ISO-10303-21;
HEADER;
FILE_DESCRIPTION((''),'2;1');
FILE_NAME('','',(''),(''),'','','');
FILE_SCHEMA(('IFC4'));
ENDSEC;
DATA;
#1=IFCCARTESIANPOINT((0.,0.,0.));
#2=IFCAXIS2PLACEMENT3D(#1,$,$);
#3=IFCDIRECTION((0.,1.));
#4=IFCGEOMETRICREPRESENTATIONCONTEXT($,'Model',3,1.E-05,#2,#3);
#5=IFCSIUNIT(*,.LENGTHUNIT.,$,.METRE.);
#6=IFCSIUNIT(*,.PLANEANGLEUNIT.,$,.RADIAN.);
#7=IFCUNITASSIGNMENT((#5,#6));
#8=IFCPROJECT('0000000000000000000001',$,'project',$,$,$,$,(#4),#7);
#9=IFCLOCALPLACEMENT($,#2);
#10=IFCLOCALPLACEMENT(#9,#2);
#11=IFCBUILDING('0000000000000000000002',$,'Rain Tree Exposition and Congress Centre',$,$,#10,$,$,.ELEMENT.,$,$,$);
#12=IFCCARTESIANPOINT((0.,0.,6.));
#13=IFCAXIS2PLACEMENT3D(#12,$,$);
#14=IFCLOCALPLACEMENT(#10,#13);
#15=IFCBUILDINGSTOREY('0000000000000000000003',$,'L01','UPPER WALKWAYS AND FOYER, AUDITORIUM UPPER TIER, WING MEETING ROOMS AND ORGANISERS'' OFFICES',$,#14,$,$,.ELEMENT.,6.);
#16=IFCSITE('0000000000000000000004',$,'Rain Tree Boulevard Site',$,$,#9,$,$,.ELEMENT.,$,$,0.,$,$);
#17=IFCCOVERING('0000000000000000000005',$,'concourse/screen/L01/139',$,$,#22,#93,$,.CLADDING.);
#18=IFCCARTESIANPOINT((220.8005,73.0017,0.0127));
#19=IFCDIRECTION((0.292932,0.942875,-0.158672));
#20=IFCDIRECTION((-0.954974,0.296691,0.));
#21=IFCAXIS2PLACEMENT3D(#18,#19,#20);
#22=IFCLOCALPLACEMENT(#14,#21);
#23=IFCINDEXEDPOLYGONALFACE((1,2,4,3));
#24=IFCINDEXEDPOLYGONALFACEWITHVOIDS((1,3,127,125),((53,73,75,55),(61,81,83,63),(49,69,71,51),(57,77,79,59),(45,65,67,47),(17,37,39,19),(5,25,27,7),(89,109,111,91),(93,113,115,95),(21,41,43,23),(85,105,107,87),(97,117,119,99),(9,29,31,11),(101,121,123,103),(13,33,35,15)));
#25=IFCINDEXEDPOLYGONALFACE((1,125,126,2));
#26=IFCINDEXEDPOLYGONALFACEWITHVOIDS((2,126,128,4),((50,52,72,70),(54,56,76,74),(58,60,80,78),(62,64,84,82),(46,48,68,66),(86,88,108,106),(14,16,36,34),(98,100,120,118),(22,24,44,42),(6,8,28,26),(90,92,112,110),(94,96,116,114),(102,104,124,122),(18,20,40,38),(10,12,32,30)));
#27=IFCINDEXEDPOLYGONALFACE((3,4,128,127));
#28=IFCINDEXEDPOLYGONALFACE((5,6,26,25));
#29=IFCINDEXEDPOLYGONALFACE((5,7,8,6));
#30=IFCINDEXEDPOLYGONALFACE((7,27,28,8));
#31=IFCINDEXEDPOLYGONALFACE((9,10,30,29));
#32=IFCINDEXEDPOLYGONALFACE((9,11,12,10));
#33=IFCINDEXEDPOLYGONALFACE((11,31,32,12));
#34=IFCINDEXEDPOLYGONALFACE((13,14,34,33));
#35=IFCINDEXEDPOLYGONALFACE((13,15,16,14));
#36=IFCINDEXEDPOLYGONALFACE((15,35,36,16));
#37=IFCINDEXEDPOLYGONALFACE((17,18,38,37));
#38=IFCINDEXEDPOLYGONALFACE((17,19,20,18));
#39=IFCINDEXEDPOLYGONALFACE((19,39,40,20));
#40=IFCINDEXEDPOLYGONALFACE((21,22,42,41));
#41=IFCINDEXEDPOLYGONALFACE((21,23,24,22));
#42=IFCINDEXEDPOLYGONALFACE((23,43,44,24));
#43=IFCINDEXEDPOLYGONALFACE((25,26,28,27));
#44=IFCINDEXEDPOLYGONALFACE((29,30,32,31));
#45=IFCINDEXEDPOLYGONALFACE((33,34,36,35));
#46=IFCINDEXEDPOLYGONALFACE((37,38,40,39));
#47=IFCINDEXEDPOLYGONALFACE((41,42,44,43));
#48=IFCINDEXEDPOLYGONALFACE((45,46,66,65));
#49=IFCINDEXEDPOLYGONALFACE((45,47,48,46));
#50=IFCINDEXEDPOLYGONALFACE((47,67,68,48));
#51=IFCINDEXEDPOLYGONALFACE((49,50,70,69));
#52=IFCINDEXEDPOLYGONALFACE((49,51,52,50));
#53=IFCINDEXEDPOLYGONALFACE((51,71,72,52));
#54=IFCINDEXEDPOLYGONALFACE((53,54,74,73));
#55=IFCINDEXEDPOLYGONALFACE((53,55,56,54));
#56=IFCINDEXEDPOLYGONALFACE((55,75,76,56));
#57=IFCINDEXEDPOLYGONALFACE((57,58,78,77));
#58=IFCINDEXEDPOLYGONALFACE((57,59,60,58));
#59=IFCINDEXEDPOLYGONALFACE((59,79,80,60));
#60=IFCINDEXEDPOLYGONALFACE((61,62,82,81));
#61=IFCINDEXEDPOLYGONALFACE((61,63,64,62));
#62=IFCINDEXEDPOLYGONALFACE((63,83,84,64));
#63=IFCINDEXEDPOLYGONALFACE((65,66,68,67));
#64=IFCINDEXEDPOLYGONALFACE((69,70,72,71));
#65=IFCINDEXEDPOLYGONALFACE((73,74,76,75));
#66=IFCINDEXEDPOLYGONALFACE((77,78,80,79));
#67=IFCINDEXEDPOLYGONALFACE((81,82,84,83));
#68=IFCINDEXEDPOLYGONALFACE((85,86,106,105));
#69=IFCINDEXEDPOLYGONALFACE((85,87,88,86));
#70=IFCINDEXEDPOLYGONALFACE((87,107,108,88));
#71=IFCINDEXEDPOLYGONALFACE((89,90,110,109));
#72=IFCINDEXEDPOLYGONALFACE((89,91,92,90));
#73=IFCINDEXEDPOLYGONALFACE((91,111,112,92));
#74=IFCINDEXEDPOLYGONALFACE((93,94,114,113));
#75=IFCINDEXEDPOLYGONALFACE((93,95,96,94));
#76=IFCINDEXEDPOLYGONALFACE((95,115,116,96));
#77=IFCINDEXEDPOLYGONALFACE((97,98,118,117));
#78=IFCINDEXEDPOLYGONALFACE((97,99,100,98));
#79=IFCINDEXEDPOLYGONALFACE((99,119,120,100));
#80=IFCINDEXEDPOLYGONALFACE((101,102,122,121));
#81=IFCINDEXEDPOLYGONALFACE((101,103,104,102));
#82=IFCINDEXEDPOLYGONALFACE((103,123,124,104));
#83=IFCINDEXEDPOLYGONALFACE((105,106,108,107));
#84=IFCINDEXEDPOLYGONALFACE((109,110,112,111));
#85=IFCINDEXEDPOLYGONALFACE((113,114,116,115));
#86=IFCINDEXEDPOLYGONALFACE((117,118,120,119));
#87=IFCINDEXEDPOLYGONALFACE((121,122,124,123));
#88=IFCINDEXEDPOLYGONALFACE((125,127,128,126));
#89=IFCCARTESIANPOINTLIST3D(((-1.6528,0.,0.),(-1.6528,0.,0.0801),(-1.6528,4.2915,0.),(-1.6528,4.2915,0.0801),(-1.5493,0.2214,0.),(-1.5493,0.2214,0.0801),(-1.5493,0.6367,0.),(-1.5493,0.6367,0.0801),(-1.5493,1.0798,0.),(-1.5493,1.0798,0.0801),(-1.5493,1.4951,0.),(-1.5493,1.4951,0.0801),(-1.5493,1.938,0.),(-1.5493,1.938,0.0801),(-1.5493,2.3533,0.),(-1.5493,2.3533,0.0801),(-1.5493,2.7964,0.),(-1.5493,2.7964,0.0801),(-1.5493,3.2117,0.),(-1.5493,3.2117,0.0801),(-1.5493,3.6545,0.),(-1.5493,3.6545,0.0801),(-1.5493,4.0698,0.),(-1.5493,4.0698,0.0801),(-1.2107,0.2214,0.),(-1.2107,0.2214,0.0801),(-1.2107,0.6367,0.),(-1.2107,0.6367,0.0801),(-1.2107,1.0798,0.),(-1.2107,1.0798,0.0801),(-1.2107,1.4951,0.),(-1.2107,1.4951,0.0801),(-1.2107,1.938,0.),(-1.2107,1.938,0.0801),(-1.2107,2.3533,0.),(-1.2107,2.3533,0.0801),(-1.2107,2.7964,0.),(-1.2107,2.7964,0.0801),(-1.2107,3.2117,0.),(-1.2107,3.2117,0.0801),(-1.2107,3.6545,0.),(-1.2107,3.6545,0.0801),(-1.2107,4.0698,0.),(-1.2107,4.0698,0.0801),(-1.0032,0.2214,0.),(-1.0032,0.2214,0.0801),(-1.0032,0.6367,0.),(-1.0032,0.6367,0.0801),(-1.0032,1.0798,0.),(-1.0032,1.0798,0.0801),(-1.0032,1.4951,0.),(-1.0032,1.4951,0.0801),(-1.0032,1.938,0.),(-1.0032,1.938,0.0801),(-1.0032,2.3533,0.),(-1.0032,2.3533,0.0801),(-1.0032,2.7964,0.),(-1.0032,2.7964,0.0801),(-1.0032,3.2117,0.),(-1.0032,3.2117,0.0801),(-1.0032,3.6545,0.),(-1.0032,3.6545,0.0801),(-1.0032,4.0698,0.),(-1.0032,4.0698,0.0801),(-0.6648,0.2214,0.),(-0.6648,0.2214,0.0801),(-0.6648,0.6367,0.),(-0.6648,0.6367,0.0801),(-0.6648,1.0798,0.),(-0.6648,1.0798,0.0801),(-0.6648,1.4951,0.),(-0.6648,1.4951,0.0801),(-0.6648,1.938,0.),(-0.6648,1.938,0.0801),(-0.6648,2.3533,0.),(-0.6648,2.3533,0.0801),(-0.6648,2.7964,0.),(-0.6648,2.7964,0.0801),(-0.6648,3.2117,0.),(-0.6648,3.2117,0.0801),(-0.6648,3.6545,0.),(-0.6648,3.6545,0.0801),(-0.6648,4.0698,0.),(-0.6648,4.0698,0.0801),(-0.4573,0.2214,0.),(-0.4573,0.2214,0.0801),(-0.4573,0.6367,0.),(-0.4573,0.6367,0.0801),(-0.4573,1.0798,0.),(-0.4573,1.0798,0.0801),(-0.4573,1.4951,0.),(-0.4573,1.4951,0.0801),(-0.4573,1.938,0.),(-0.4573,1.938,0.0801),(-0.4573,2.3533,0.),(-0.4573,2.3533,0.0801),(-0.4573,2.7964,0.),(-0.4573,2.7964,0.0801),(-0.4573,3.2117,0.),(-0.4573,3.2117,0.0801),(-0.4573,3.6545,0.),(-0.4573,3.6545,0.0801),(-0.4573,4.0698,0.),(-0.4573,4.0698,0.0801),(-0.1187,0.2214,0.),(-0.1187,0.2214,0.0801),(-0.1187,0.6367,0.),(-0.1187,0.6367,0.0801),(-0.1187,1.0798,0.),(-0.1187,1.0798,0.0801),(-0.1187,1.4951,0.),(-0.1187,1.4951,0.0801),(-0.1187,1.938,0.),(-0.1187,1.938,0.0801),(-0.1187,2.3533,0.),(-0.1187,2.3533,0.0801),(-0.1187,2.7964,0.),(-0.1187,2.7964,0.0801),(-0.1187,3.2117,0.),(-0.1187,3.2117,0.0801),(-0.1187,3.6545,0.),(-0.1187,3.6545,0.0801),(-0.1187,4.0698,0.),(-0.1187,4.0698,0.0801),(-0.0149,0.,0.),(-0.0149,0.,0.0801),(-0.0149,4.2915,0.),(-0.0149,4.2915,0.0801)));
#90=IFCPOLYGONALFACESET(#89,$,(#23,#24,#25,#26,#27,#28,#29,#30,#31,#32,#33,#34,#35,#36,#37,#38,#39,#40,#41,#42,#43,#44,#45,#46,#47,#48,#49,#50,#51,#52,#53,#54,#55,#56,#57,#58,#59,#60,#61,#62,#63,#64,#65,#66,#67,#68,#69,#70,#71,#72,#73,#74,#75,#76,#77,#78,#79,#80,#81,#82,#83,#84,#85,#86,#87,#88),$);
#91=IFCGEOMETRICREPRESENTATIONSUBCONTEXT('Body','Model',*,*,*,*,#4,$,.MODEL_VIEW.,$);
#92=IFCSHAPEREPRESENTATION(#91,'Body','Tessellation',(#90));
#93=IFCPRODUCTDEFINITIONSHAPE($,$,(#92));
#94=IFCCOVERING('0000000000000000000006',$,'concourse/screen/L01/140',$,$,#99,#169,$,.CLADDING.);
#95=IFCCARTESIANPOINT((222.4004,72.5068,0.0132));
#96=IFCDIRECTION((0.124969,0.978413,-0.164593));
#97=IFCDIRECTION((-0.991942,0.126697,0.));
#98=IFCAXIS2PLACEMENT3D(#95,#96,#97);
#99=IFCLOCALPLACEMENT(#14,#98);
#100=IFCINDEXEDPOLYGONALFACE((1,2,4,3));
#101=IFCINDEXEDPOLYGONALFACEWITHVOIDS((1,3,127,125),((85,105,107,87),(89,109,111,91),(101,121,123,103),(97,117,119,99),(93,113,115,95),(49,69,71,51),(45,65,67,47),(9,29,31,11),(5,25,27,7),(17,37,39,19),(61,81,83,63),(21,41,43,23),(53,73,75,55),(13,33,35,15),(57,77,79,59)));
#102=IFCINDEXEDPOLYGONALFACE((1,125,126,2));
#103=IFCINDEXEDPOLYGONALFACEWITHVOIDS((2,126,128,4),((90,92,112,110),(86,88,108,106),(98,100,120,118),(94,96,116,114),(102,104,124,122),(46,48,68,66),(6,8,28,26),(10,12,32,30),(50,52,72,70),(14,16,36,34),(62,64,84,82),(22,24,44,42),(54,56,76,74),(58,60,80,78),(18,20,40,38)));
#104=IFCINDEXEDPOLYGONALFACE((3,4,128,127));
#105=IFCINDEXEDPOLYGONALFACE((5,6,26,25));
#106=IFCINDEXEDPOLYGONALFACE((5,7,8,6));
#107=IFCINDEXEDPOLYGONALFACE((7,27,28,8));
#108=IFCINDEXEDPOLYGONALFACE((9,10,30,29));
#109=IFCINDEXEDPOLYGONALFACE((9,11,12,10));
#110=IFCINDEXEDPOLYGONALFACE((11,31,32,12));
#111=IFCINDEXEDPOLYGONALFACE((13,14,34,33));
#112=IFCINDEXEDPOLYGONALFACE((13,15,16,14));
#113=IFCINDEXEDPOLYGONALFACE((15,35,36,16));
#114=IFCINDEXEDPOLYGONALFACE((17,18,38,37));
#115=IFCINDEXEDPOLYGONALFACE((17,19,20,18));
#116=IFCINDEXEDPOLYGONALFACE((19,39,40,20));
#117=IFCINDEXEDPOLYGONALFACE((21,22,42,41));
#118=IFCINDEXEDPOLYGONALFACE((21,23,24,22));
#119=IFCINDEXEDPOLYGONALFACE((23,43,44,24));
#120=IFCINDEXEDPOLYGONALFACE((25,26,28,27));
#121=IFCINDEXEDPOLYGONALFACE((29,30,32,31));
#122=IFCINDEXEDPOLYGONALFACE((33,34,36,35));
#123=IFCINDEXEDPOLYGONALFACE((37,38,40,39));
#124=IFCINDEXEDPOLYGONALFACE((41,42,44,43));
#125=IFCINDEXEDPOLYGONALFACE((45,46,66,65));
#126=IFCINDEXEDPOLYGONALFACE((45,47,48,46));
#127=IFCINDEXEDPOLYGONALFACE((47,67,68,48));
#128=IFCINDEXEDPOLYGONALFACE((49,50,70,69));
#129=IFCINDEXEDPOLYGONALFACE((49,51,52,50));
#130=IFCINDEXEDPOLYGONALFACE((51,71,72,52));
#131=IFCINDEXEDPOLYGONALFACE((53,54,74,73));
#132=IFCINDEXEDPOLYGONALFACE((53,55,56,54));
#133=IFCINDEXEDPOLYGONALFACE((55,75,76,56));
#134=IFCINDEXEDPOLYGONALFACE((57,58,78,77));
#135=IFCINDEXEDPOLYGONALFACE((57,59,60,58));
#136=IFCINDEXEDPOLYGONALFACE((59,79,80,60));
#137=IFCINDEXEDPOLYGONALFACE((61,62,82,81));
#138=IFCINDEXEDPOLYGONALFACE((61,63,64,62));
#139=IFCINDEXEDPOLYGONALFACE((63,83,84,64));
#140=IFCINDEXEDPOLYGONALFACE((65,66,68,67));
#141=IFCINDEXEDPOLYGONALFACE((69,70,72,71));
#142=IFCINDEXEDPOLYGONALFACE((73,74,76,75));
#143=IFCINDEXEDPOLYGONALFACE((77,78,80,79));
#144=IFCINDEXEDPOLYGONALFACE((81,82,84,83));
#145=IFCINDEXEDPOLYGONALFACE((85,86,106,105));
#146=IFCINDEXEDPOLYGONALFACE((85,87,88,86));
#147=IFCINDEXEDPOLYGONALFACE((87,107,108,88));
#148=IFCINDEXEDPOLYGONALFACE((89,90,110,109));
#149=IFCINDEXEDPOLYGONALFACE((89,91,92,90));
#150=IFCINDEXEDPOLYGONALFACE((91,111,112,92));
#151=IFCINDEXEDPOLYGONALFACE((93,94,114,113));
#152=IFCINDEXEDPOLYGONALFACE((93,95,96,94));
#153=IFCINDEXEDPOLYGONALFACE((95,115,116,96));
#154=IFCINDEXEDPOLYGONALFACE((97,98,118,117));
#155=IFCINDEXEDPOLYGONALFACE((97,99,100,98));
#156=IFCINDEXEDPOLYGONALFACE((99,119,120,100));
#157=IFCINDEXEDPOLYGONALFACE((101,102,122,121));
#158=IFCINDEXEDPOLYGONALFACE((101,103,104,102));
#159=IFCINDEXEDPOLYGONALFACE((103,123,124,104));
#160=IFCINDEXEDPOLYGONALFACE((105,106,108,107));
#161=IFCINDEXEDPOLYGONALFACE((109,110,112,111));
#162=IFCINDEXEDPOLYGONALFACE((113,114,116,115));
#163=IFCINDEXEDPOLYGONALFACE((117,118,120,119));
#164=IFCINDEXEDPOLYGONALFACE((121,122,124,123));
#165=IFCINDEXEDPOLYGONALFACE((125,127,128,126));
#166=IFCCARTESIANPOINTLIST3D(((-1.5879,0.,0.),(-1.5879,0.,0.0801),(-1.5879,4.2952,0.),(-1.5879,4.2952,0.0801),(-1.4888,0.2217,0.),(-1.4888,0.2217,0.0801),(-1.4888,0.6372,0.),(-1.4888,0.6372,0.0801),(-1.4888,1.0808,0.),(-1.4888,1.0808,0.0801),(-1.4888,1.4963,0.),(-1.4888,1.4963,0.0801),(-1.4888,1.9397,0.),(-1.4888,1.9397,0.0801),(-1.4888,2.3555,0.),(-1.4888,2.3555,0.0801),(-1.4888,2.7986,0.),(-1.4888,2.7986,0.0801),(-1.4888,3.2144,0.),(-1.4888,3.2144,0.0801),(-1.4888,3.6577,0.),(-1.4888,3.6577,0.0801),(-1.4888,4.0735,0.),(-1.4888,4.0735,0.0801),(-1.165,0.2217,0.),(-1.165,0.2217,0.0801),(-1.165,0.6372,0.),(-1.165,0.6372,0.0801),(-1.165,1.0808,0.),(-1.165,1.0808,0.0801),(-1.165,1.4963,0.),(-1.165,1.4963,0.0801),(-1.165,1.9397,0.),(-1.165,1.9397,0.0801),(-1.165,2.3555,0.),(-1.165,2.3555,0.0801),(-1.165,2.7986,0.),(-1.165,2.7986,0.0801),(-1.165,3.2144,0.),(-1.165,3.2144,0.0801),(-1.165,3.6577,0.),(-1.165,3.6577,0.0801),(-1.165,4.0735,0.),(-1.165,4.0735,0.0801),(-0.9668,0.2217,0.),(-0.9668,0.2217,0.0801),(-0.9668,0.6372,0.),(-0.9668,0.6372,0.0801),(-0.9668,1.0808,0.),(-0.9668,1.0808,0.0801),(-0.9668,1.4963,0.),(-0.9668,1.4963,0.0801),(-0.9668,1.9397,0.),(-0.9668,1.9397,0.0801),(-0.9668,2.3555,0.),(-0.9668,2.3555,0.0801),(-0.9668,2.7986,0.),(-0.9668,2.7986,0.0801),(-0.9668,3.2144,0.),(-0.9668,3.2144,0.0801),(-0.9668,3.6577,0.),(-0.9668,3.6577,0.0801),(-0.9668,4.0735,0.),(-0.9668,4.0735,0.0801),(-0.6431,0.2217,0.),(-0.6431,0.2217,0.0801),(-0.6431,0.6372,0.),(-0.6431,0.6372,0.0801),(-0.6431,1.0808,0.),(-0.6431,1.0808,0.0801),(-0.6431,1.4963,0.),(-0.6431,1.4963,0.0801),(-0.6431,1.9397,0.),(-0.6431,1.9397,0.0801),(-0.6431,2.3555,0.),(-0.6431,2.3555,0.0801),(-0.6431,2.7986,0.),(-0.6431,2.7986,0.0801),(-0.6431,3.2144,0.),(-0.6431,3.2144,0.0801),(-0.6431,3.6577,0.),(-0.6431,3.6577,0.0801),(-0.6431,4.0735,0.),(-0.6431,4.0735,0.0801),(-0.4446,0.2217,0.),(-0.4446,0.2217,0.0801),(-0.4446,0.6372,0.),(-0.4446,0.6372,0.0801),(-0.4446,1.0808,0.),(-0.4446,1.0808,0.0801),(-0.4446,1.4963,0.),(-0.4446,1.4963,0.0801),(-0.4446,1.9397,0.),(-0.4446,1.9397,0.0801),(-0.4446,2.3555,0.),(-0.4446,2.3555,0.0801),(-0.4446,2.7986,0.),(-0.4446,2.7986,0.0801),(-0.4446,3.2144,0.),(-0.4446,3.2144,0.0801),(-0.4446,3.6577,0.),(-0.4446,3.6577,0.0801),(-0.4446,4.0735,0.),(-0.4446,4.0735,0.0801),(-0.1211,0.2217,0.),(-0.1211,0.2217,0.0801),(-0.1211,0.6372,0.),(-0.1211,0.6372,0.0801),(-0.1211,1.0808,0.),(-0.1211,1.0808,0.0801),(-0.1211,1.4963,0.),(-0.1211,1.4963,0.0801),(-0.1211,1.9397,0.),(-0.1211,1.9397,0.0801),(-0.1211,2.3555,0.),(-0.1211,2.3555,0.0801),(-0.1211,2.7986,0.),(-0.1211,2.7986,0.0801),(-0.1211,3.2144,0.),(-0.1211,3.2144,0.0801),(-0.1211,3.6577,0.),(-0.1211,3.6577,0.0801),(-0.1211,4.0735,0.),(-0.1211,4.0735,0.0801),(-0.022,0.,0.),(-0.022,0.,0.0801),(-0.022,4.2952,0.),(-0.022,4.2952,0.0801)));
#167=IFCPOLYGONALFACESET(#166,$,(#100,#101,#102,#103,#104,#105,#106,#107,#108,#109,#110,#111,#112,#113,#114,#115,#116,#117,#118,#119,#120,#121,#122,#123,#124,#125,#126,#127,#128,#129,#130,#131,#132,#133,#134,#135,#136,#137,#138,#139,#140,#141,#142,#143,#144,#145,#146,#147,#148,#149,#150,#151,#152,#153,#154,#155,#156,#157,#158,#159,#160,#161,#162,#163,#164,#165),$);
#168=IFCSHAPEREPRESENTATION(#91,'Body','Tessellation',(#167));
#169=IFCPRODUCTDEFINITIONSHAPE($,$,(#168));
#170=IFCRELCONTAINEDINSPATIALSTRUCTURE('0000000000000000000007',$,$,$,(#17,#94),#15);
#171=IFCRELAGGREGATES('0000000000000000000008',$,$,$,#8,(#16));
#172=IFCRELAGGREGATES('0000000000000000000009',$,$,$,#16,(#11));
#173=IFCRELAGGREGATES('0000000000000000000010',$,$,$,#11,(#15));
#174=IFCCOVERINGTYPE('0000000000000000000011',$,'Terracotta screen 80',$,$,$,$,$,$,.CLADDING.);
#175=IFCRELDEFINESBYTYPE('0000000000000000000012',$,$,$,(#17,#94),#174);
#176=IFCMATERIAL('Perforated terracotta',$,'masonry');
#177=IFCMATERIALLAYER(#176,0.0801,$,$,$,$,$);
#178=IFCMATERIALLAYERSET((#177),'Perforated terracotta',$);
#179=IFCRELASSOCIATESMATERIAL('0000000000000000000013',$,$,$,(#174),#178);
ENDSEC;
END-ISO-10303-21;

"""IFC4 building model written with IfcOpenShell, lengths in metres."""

from ifc_helpers import new_model, si_unit, direction, frame, origin, place, context, subcontext, project, spatial, polyline, outline, extrude, material, layer, layer_set, type_object, element, save


model = new_model("IFC4")

# Units and contexts
model_context = context("Model", 3, precision=1e-05, world=origin(), true_north=direction((0.0, 1.0)))
body_context = subcontext(model_context, "Body", "Model", "MODEL_VIEW")
ifc_project = project(units=[si_unit("LENGTHUNIT", "METRE"), si_unit("PLANEANGLEUNIT", "RADIAN")], contexts=[model_context])

# Site, building, storey
site_placement = place(None, origin())
site = spatial("IfcSite", under=ifc_project, at=site_placement, Name="Rain Tree Boulevard Site", CompositionType="ELEMENT", RefElevation=0.0)
building_placement = place(site_placement, origin())
building = spatial("IfcBuilding", under=site, at=building_placement, Name="Rain Tree Exposition and Congress Centre", CompositionType="ELEMENT")
storey_placement = place(building_placement, frame((0.0, 0.0, 6.0)))
storey = spatial("IfcBuildingStorey", under=building, at=storey_placement, Name="L01", Description="UPPER WALKWAYS AND FOYER, AUDITORIUM UPPER TIER, WING MEETING ROOMS AND ORGANISERS' OFFICES", CompositionType="ELEMENT", Elevation=6.0)

# Coverings
ifc_material_1 = material(Name="Perforated terracotta", Category="masonry")
ifc_layer_1 = layer(ifc_material_1, 0.0801)
ifc_layer_set_1 = layer_set([ifc_layer_1], Name="Perforated terracotta")
covering_type = type_object("IfcCoveringType", Name="Terracotta screen 80", PredefinedType="CLADDING", material=ifc_layer_set_1)
covering_1_placement = place(storey_placement, frame((220.8005, 73.0017, 0.0127), z_axis=(0.292932, 0.942875, -0.158672), x_axis=(-0.954974, 0.296691, 0.0)))
element("IfcCovering", 1, at=covering_1_placement, inside=storey, type_object=covering_type, Name="concourse/screen/L01/139", PredefinedType="CLADDING", context=body_context, shape_type="SweptSolid", body=[
    extrude(outline(polyline([(-1.6528, 0.0), (-1.6528, 4.2915), (-0.0149, 4.2915), (-0.0149, 0.0), (-1.6528, 0.0)]), holes=[polyline([(-0.1187, 0.2214), (-0.1187, 0.6367), (-0.4573, 0.6367), (-0.4573, 0.2214), (-0.1187, 0.2214)]), polyline([(-0.1187, 1.0798), (-0.1187, 1.4951), (-0.4573, 1.4951), (-0.4573, 1.0798), (-0.1187, 1.0798)]), polyline([(-0.1187, 1.938), (-0.1187, 2.3533), (-0.4573, 2.3533), (-0.4573, 1.938), (-0.1187, 1.938)]), polyline([(-0.1187, 2.7964), (-0.1187, 3.2117), (-0.4573, 3.2117), (-0.4573, 2.7964), (-0.1187, 2.7964)]), polyline([(-0.1187, 3.6545), (-0.1187, 4.0698), (-0.4573, 4.0698), (-0.4573, 3.6545), (-0.1187, 3.6545)]), polyline([(-0.6648, 0.2214), (-0.6648, 0.6367), (-1.0032, 0.6367), (-1.0032, 0.2214), (-0.6648, 0.2214)]), polyline([(-0.6648, 1.0798), (-0.6648, 1.4951), (-1.0032, 1.4951), (-1.0032, 1.0798), (-0.6648, 1.0798)]), polyline([(-0.6648, 1.938), (-0.6648, 2.3533), (-1.0032, 2.3533), (-1.0032, 1.938), (-0.6648, 1.938)]), polyline([(-0.6648, 2.7964), (-0.6648, 3.2117), (-1.0032, 3.2117), (-1.0032, 2.7964), (-0.6648, 2.7964)]), polyline([(-0.6648, 3.6545), (-0.6648, 4.0698), (-1.0032, 4.0698), (-1.0032, 3.6545), (-0.6648, 3.6545)]), polyline([(-1.2107, 0.2214), (-1.2107, 0.6367), (-1.5493, 0.6367), (-1.5493, 0.2214), (-1.2107, 0.2214)]), polyline([(-1.2107, 1.0798), (-1.2107, 1.4951), (-1.5493, 1.4951), (-1.5493, 1.0798), (-1.2107, 1.0798)]), polyline([(-1.2107, 1.938), (-1.2107, 2.3533), (-1.5493, 2.3533), (-1.5493, 1.938), (-1.2107, 1.938)]), polyline([(-1.2107, 2.7964), (-1.2107, 3.2117), (-1.5493, 3.2117), (-1.5493, 2.7964), (-1.2107, 2.7964)]), polyline([(-1.2107, 3.6545), (-1.2107, 4.0698), (-1.5493, 4.0698), (-1.5493, 3.6545), (-1.2107, 3.6545)])]), origin(), (0.0, 0.0, 1.0), 0.0801),
])
covering_2_placement = place(storey_placement, frame((222.4004, 72.5068, 0.0132), z_axis=(0.124969, 0.978413, -0.164593), x_axis=(-0.991942, 0.126697, 0.0)))
element("IfcCovering", 2, at=covering_2_placement, inside=storey, type_object=covering_type, Name="concourse/screen/L01/140", PredefinedType="CLADDING", context=body_context, shape_type="SweptSolid", body=[
    extrude(outline(polyline([(-1.5879, 0.0), (-1.5879, 4.2952), (-0.022, 4.2952), (-0.022, 0.0), (-1.5879, 0.0)]), holes=[polyline([(-0.1211, 0.2217), (-0.1211, 0.6372), (-0.4446, 0.6372), (-0.4446, 0.2217), (-0.1211, 0.2217)]), polyline([(-0.1211, 1.0808), (-0.1211, 1.4963), (-0.4446, 1.4963), (-0.4446, 1.0808), (-0.1211, 1.0808)]), polyline([(-0.1211, 1.9397), (-0.1211, 2.3555), (-0.4446, 2.3555), (-0.4446, 1.9397), (-0.1211, 1.9397)]), polyline([(-0.1211, 2.7986), (-0.1211, 3.2144), (-0.4446, 3.2144), (-0.4446, 2.7986), (-0.1211, 2.7986)]), polyline([(-0.1211, 3.6577), (-0.1211, 4.0735), (-0.4446, 4.0735), (-0.4446, 3.6577), (-0.1211, 3.6577)]), polyline([(-0.6431, 0.2217), (-0.6431, 0.6372), (-0.9668, 0.6372), (-0.9668, 0.2217), (-0.6431, 0.2217)]), polyline([(-0.6431, 1.0808), (-0.6431, 1.4963), (-0.9668, 1.4963), (-0.9668, 1.0808), (-0.6431, 1.0808)]), polyline([(-0.6431, 1.9397), (-0.6431, 2.3555), (-0.9668, 2.3555), (-0.9668, 1.9397), (-0.6431, 1.9397)]), polyline([(-0.6431, 2.7986), (-0.6431, 3.2144), (-0.9668, 3.2144), (-0.9668, 2.7986), (-0.6431, 2.7986)]), polyline([(-0.6431, 3.6577), (-0.6431, 4.0735), (-0.9668, 4.0735), (-0.9668, 3.6577), (-0.6431, 3.6577)]), polyline([(-1.165, 0.2217), (-1.165, 0.6372), (-1.4888, 0.6372), (-1.4888, 0.2217), (-1.165, 0.2217)]), polyline([(-1.165, 1.0808), (-1.165, 1.4963), (-1.4888, 1.4963), (-1.4888, 1.0808), (-1.165, 1.0808)]), polyline([(-1.165, 1.9397), (-1.165, 2.3555), (-1.4888, 2.3555), (-1.4888, 1.9397), (-1.165, 1.9397)]), polyline([(-1.165, 2.7986), (-1.165, 3.2144), (-1.4888, 3.2144), (-1.4888, 2.7986), (-1.165, 2.7986)]), polyline([(-1.165, 3.6577), (-1.165, 4.0735), (-1.4888, 4.0735), (-1.4888, 3.6577), (-1.165, 3.6577)])]), origin(), (0.0, 0.0, 1.0), 0.0801),
])

save(model, "model.ifc")
